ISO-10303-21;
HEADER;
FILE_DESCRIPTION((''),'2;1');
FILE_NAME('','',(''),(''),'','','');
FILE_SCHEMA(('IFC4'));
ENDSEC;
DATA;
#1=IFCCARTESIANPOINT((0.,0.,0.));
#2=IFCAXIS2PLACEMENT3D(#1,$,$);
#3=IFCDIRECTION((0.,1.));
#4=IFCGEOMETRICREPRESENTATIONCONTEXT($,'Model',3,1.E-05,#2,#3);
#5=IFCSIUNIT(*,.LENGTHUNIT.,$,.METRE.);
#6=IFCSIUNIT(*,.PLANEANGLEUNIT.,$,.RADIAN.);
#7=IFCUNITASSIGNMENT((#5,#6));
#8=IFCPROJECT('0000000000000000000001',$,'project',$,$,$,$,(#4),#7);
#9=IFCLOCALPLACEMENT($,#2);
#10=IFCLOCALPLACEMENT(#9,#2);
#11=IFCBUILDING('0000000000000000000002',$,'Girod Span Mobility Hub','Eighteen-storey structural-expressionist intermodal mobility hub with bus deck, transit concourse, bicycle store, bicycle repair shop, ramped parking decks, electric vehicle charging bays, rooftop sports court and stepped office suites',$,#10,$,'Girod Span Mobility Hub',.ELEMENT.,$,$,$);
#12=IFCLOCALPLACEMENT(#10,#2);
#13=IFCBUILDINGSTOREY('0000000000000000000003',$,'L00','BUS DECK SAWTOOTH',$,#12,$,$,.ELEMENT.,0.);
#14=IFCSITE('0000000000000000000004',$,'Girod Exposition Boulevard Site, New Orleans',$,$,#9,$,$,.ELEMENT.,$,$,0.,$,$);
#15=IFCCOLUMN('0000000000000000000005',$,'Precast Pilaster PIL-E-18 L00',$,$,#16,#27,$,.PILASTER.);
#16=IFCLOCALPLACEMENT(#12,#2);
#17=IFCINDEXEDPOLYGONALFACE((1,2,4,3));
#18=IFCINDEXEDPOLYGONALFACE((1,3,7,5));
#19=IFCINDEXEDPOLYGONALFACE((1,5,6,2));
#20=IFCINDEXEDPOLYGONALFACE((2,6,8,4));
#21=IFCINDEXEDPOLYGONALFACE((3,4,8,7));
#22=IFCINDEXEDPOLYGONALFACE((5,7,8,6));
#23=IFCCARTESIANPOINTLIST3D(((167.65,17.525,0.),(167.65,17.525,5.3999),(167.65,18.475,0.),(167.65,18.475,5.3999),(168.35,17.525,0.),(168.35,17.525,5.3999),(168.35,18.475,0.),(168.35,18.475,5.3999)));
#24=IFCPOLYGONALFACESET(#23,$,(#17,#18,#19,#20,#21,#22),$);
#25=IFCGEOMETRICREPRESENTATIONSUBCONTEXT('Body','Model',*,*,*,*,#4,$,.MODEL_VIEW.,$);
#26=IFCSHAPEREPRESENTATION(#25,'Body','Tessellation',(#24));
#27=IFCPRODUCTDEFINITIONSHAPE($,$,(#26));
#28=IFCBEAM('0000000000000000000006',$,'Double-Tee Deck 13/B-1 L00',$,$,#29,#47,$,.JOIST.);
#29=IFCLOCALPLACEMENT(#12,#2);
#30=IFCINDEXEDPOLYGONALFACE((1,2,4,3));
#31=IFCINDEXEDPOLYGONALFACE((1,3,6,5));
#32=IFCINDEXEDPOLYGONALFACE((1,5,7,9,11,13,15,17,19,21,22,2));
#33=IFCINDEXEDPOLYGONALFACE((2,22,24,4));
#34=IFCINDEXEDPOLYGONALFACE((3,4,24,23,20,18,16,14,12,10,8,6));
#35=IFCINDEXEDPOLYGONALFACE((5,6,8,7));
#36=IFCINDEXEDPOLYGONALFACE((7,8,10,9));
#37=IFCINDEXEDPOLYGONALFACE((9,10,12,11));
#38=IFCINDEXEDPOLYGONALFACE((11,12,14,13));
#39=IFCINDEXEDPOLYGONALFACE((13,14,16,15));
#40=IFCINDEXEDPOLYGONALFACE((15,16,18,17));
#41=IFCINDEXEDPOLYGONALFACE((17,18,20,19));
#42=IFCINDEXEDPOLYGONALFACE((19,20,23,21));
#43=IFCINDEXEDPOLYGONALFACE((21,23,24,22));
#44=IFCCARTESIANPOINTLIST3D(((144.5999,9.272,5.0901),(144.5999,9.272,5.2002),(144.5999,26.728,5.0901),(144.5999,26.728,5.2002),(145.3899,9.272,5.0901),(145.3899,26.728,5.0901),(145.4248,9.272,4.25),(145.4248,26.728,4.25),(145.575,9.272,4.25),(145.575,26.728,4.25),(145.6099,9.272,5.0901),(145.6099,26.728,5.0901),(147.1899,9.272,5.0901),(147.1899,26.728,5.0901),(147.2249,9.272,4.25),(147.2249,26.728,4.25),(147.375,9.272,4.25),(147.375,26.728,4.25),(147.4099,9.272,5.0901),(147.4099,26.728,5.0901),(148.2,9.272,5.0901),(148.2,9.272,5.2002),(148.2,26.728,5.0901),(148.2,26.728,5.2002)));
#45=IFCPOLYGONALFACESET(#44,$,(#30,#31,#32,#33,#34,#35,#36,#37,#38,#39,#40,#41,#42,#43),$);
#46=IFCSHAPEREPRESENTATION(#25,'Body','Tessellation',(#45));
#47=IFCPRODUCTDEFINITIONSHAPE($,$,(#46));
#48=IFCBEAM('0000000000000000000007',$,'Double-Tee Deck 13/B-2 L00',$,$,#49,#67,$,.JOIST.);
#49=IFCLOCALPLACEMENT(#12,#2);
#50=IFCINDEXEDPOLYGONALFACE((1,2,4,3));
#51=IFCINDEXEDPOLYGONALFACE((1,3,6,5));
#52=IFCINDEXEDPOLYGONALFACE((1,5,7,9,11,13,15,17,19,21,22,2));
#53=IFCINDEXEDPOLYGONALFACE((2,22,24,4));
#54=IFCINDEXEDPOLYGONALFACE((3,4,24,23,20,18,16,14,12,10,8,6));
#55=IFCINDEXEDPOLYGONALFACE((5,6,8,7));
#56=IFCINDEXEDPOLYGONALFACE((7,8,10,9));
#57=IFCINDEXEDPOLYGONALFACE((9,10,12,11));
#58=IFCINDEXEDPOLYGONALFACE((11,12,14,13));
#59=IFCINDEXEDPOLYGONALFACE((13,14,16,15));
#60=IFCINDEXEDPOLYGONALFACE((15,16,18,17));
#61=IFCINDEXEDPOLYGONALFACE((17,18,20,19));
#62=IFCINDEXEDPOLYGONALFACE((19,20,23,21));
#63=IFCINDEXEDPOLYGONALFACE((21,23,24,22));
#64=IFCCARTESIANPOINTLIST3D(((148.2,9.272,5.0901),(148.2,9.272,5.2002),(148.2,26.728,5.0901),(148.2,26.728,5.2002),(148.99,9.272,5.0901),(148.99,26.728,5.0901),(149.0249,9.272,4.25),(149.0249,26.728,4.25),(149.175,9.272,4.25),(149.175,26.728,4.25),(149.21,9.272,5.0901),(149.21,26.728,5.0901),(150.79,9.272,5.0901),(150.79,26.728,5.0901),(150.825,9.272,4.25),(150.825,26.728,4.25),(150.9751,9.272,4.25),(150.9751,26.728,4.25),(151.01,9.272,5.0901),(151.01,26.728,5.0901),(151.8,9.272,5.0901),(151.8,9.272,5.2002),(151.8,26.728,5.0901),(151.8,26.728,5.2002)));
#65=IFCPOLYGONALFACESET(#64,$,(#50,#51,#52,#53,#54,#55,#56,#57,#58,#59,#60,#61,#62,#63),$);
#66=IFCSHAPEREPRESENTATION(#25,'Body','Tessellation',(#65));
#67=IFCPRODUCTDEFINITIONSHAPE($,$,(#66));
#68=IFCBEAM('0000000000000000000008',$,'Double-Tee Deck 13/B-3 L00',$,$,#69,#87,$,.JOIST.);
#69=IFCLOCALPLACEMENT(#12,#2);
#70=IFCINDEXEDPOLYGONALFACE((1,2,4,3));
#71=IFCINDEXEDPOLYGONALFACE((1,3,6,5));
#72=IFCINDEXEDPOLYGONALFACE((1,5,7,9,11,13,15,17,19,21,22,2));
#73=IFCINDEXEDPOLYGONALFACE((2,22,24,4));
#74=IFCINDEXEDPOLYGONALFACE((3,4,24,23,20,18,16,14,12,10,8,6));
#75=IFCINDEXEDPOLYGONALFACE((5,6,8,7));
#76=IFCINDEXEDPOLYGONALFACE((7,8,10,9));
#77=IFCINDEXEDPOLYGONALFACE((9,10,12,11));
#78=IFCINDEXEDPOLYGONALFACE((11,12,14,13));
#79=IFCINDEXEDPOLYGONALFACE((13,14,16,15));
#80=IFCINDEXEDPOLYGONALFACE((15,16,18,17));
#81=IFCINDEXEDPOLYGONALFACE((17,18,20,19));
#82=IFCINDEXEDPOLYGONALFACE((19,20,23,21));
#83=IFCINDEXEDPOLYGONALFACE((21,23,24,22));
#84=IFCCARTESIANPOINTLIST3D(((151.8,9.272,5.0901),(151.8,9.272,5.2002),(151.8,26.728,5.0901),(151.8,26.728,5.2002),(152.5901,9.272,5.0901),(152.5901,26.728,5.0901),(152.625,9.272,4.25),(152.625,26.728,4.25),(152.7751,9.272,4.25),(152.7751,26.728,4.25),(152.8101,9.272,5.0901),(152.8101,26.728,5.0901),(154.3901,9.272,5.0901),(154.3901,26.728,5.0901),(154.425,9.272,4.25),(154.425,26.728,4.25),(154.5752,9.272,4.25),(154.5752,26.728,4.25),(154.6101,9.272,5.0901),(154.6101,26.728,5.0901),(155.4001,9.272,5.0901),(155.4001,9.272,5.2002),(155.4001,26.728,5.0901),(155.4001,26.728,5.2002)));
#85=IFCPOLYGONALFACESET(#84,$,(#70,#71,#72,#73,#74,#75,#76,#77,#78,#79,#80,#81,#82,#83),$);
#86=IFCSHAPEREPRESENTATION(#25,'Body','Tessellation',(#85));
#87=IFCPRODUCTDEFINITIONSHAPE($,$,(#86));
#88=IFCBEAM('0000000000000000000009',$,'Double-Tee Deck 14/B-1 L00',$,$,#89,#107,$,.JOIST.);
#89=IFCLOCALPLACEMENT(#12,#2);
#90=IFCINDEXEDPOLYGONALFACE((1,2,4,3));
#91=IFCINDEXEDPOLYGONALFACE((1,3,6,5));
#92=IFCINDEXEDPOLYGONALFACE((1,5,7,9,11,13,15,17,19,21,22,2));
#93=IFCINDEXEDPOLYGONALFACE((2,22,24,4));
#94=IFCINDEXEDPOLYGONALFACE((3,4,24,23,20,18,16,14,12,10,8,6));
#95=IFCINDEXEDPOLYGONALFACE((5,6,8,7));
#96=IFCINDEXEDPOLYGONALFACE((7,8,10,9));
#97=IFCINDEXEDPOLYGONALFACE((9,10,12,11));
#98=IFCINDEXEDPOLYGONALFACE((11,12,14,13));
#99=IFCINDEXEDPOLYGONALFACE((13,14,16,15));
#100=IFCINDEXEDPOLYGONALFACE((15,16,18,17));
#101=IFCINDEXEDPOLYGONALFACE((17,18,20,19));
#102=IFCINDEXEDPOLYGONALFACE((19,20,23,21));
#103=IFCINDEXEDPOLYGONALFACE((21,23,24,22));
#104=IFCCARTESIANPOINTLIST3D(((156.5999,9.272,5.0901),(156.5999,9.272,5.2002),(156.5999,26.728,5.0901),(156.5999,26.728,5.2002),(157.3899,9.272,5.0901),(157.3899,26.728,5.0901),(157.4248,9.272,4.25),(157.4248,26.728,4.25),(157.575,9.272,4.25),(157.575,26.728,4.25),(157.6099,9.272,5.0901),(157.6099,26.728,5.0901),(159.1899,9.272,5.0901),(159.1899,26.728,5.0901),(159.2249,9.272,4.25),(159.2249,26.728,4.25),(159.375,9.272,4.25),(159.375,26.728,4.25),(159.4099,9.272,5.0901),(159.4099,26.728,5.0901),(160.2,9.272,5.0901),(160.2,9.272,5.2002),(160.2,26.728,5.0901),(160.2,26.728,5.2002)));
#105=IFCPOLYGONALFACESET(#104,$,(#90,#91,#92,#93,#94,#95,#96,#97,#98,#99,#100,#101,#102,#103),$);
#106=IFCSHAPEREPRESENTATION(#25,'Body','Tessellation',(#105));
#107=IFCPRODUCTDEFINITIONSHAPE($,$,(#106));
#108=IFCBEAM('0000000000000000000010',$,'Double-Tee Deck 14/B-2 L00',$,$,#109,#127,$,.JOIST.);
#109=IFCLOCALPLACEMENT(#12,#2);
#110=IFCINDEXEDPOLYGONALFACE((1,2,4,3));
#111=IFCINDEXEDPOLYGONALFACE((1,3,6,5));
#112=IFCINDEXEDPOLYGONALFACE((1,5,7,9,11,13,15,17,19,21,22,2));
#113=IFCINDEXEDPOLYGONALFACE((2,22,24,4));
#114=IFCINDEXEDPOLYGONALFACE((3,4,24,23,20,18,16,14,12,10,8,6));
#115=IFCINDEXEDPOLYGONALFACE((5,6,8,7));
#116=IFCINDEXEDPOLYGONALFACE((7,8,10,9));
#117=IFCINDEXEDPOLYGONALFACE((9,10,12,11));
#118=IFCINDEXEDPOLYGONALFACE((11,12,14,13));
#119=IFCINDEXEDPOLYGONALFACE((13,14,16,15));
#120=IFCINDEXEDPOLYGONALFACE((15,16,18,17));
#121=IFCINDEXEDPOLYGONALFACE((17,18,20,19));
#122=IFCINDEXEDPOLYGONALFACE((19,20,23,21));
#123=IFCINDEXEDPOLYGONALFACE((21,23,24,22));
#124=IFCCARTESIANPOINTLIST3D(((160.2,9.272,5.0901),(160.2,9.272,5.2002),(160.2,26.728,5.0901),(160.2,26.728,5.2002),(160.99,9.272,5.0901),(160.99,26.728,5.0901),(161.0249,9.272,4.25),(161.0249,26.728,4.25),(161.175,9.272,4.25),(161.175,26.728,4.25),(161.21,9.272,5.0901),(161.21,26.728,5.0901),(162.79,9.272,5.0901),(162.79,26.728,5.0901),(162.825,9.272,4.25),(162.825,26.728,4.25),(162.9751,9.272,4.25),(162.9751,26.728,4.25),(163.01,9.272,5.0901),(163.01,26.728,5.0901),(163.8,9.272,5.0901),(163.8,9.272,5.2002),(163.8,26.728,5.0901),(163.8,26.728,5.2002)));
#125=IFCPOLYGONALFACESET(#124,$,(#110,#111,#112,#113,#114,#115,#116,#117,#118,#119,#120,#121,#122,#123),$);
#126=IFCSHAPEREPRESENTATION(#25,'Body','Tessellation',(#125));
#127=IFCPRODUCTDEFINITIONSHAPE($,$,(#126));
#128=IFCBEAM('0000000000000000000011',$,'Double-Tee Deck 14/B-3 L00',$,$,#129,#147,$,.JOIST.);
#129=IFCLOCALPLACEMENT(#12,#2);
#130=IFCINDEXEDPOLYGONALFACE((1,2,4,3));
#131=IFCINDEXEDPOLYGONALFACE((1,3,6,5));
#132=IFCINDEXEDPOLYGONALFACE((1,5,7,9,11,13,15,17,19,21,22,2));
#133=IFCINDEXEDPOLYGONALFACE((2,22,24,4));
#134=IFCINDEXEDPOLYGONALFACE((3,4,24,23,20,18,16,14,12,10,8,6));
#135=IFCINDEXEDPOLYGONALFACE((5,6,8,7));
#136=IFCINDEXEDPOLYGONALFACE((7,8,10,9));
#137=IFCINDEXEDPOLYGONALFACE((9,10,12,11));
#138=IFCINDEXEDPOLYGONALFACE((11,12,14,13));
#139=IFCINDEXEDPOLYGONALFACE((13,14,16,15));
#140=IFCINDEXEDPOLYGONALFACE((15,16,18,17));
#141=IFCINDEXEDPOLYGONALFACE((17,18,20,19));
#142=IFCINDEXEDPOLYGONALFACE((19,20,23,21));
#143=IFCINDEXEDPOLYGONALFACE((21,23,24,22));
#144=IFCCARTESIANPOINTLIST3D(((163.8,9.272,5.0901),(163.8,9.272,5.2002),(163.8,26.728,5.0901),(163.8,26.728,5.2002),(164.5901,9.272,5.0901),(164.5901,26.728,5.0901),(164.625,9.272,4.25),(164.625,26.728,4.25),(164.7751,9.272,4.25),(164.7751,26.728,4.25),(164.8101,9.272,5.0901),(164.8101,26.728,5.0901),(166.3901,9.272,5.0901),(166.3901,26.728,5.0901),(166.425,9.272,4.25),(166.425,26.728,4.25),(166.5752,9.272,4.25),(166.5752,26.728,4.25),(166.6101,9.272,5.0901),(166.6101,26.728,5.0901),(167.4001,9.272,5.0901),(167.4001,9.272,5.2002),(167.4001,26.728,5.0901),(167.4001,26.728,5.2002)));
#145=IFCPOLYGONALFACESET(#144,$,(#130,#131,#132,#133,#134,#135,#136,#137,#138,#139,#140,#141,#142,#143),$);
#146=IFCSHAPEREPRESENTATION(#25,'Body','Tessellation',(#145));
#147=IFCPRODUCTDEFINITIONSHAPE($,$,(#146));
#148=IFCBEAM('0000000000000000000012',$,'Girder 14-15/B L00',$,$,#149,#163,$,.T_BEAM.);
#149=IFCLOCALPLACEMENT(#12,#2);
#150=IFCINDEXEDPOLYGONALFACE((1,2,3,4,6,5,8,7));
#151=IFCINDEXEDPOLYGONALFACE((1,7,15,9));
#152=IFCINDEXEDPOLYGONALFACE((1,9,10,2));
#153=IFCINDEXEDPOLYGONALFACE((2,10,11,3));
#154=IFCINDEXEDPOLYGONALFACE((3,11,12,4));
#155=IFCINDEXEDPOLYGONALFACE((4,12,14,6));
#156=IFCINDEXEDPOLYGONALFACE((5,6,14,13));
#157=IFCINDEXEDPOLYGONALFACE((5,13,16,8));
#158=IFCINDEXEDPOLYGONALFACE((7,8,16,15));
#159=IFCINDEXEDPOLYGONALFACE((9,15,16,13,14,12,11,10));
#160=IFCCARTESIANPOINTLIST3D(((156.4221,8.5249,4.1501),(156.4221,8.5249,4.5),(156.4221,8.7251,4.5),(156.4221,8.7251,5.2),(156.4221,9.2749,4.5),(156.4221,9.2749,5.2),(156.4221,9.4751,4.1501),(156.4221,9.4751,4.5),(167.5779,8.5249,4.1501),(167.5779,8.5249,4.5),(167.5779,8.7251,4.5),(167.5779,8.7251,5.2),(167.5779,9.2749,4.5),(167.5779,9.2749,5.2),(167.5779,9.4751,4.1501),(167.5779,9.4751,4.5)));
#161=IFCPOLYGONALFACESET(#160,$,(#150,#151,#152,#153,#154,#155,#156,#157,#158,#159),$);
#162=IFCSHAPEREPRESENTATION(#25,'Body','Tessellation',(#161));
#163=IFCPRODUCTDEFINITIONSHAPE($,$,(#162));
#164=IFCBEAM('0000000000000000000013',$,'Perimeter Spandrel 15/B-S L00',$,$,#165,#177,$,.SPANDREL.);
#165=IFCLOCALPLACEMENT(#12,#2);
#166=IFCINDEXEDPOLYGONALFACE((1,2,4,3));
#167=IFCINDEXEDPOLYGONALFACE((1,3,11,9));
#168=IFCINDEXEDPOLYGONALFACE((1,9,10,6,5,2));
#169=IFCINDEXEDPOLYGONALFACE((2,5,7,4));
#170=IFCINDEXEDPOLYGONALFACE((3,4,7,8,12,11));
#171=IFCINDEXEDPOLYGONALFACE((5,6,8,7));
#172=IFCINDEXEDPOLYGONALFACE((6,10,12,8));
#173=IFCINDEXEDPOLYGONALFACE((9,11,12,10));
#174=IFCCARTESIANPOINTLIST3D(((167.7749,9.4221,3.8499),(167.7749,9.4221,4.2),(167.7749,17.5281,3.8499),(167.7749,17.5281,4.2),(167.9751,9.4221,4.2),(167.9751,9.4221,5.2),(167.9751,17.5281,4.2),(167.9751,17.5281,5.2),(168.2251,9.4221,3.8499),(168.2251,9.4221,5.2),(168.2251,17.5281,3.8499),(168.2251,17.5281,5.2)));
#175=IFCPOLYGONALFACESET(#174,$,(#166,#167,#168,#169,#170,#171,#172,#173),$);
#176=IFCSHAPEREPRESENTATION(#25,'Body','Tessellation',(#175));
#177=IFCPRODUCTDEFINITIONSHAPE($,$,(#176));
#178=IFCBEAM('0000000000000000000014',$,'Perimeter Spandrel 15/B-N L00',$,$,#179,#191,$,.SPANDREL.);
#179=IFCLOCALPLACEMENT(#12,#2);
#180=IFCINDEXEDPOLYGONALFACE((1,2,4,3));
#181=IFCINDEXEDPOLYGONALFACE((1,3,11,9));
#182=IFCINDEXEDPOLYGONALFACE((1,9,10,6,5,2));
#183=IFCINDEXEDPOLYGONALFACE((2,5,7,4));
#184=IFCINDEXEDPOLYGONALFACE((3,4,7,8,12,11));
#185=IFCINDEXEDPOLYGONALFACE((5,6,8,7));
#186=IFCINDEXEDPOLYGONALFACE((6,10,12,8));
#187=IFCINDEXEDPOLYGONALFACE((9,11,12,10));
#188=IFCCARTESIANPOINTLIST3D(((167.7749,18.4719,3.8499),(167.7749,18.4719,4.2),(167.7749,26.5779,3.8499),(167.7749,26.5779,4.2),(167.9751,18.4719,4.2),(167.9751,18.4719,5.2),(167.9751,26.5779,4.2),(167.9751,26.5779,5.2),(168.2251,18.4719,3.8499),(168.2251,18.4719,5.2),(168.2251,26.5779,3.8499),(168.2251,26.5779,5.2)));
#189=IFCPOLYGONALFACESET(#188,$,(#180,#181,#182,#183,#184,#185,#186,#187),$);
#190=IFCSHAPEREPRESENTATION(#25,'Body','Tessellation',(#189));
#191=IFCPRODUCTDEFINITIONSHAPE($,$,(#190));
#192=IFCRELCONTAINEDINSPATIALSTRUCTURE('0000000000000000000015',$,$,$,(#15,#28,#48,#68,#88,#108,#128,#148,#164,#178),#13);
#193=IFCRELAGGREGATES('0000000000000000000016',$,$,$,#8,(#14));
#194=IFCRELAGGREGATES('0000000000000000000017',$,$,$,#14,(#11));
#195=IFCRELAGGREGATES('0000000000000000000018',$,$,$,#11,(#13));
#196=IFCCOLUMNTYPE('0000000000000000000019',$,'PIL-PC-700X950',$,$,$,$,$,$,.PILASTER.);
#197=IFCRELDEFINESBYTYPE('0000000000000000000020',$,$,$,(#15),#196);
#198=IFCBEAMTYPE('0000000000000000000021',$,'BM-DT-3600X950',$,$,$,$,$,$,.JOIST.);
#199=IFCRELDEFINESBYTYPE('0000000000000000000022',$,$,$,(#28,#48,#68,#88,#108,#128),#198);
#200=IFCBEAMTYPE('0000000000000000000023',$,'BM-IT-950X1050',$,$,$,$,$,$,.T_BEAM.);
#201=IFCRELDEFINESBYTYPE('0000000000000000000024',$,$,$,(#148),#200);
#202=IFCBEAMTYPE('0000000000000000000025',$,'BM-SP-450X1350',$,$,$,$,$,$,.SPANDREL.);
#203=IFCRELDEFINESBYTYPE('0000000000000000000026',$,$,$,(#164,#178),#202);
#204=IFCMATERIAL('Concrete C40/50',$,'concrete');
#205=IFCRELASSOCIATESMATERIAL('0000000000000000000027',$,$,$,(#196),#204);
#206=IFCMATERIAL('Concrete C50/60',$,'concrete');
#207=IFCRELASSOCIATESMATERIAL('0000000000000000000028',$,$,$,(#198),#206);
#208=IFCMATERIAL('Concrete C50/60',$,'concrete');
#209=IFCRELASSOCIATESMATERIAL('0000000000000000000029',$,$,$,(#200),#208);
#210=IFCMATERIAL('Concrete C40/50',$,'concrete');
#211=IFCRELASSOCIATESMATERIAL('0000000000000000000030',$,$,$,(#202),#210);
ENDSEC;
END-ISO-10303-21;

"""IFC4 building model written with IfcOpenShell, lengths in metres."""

from ifc_helpers import new_model, si_unit, direction, frame, origin, origin_2d, place, context, subcontext, project, spatial, polyline, rectangle, outline, extrude, material, material_profile, profile_set, type_object, element, save


model = new_model("IFC4")

# Units and contexts
model_context = context("Model", 3, precision=1e-05, world=origin(), true_north=direction((0.0, 1.0)))
body_context = subcontext(model_context, "Body", "Model", "MODEL_VIEW")
ifc_project = project(units=[si_unit("LENGTHUNIT", "METRE"), si_unit("PLANEANGLEUNIT", "RADIAN")], contexts=[model_context])

# Site, building, storey
site_placement = place(None, origin())
site = spatial("IfcSite", under=ifc_project, at=site_placement, Name="Girod Exposition Boulevard Site, New Orleans", CompositionType="ELEMENT", RefElevation=0.0)
building_placement = place(site_placement, origin())
building = spatial("IfcBuilding", under=site, at=building_placement, Name="Girod Span Mobility Hub", Description="Eighteen-storey structural-expressionist intermodal mobility hub with bus deck, transit concourse, bicycle store, bicycle repair shop, ramped parking decks, electric vehicle charging bays, rooftop sports court and stepped office suites", LongName="Girod Span Mobility Hub", CompositionType="ELEMENT")
storey_placement = place(building_placement, origin())
storey = spatial("IfcBuildingStorey", under=building, at=storey_placement, Name="L00", Description="BUS DECK SAWTOOTH", CompositionType="ELEMENT", Elevation=0.0)

# Column
ifc_material_1 = material(Name="Concrete C40/50", Category="concrete")
ifc_material_profile_1 = material_profile(ifc_material_1, rectangle(XDim=0.7, YDim=0.95, at=origin_2d()), Name="PC-PIL-700X950")
ifc_profile_set_1 = profile_set([ifc_material_profile_1], Name="Concrete C40/50")
column_type_1 = type_object("IfcColumnType", Name="PIL-PC-700X950", PredefinedType="PILASTER", material=ifc_profile_set_1)
column_1_placement = place(storey_placement, frame((168.0, 18.0, 0.0), z_axis=(0.0, 0.0, 1.0), x_axis=(1.0, 0.0, 0.0)))
element("IfcColumn", 1, at=column_1_placement, inside=storey, type_object=column_type_1, Name="Precast Pilaster PIL-E-18 L00", PredefinedType="PILASTER", context=body_context, shape_type="SweptSolid", body=[
    extrude(rectangle(XDim=0.7, YDim=0.95, at=origin_2d()), origin(), (0.0, 0.0, 1.0), 5.3999),
])

# Beams
ifc_material_2 = material(Name="Concrete C50/60", Category="concrete")
ifc_material_profile_2 = material_profile(ifc_material_2, outline(polyline([(-1.8, 0.4751), (-1.8, 0.365), (-1.01, 0.365), (-0.9751, -0.4751), (-0.825, -0.4751), (-0.79, 0.365), (0.79, 0.365), (0.825, -0.4751), (0.9751, -0.4751), (1.01, 0.365), (1.8, 0.365), (1.8, 0.4751), (-1.8, 0.4751)])), Name="DT-3600X950")
ifc_profile_set_2 = profile_set([ifc_material_profile_2], Name="Concrete C50/60")
beam_type_1 = type_object("IfcBeamType", Name="BM-DT-3600X950", PredefinedType="JOIST", material=ifc_profile_set_2)
for number, where, z_axis, x_axis, name in (
    (2, (146.3999, 9.272, 4.7251), (0.0, 1.0, 0.0), (-1.0, 0.0, 0.0), "Double-Tee Deck 13/B-1 L00"),
    (3, (150.0, 9.272, 4.7251), (0.0, 1.0, 0.0), (-1.0, 0.0, 0.0), "Double-Tee Deck 13/B-2 L00"),
    (4, (153.6001, 9.272, 4.7251), (0.0, 1.0, 0.0), (-1.0, 0.0, 0.0), "Double-Tee Deck 13/B-3 L00"),
    (5, (158.3999, 9.272, 4.7251), (0.0, 1.0, 0.0), (-1.0, 0.0, 0.0), "Double-Tee Deck 14/B-1 L00"),
    (6, (162.0, 9.272, 4.7251), (0.0, 1.0, 0.0), (-1.0, 0.0, 0.0), "Double-Tee Deck 14/B-2 L00"),
    (7, (165.6001, 9.272, 4.7251), (0.0, 1.0, 0.0), (-1.0, 0.0, 0.0), "Double-Tee Deck 14/B-3 L00"),
):
    element("IfcBeam", number, at=place(storey_placement, frame(where, z_axis=z_axis, x_axis=x_axis)), inside=storey, type_object=beam_type_1, Name=name, PredefinedType="JOIST", context=body_context, shape_type="SweptSolid", body=[
        extrude(outline(polyline([(-1.8, 0.4751), (-1.8, 0.365), (-1.01, 0.365), (-0.9751, -0.4751), (-0.825, -0.4751), (-0.79, 0.365), (0.79, 0.365), (0.825, -0.4751), (0.9751, -0.4751), (1.01, 0.365), (1.8, 0.365), (1.8, 0.4751), (-1.8, 0.4751)])), origin(), (0.0, 0.0, 1.0), 17.4561),
    ])
ifc_material_3 = material(Name="Concrete C50/60", Category="concrete")
ifc_material_profile_3 = material_profile(ifc_material_3, outline(polyline([(-0.4751, -0.5249), (0.4751, -0.5249), (0.4751, -0.175), (0.2749, -0.175), (0.2749, 0.5249), (-0.2749, 0.5249), (-0.2749, -0.175), (-0.4751, -0.175), (-0.4751, -0.5249)])), Name="IT-950X1050")
ifc_profile_set_3 = profile_set([ifc_material_profile_3], Name="Concrete C50/60")
beam_type_2 = type_object("IfcBeamType", Name="BM-IT-950X1050", PredefinedType="T_BEAM", material=ifc_profile_set_3)
beam_1_placement = place(storey_placement, frame((156.4221, 9.0, 4.675), z_axis=(1.0, 0.0, 0.0), x_axis=(0.0, 1.0, 0.0)))
element("IfcBeam", 8, at=beam_1_placement, inside=storey, type_object=beam_type_2, Name="Girder 14-15/B L00", PredefinedType="T_BEAM", context=body_context, shape_type="SweptSolid", body=[
    extrude(outline(polyline([(-0.4751, -0.5249), (0.4751, -0.5249), (0.4751, -0.175), (0.2749, -0.175), (0.2749, 0.5249), (-0.2749, 0.5249), (-0.2749, -0.175), (-0.4751, -0.175), (-0.4751, -0.5249)])), origin(), (0.0, 0.0, 1.0), 11.1558),
])
ifc_material_4 = material(Name="Concrete C40/50", Category="concrete")
ifc_material_profile_4 = material_profile(ifc_material_4, outline(polyline([(-0.2251, -0.675), (0.2251, -0.675), (0.2251, -0.325), (0.0249, -0.325), (0.0249, 0.675), (-0.2251, 0.675), (-0.2251, -0.675)])), Name="SP-450X1350")
ifc_profile_set_4 = profile_set([ifc_material_profile_4], Name="Concrete C40/50")
beam_type_3 = type_object("IfcBeamType", Name="BM-SP-450X1350", PredefinedType="SPANDREL", material=ifc_profile_set_4)
for number, where, z_axis, x_axis, name in (
    (9, (168.0, 9.4221, 4.5249), (0.0, 1.0, 0.0), (-1.0, 0.0, 0.0), "Perimeter Spandrel 15/B-S L00"),
    (10, (168.0, 18.4719, 4.5249), (0.0, 1.0, 0.0), (-1.0, 0.0, 0.0), "Perimeter Spandrel 15/B-N L00"),
):
    element("IfcBeam", number, at=place(storey_placement, frame(where, z_axis=z_axis, x_axis=x_axis)), inside=storey, type_object=beam_type_3, Name=name, PredefinedType="SPANDREL", context=body_context, shape_type="SweptSolid", body=[
        extrude(outline(polyline([(-0.2251, -0.675), (0.2251, -0.675), (0.2251, -0.325), (0.0249, -0.325), (0.0249, 0.675), (-0.2251, 0.675), (-0.2251, -0.675)])), origin(), (0.0, 0.0, 1.0), 8.106),
    ])

save(model, "model.ifc")
